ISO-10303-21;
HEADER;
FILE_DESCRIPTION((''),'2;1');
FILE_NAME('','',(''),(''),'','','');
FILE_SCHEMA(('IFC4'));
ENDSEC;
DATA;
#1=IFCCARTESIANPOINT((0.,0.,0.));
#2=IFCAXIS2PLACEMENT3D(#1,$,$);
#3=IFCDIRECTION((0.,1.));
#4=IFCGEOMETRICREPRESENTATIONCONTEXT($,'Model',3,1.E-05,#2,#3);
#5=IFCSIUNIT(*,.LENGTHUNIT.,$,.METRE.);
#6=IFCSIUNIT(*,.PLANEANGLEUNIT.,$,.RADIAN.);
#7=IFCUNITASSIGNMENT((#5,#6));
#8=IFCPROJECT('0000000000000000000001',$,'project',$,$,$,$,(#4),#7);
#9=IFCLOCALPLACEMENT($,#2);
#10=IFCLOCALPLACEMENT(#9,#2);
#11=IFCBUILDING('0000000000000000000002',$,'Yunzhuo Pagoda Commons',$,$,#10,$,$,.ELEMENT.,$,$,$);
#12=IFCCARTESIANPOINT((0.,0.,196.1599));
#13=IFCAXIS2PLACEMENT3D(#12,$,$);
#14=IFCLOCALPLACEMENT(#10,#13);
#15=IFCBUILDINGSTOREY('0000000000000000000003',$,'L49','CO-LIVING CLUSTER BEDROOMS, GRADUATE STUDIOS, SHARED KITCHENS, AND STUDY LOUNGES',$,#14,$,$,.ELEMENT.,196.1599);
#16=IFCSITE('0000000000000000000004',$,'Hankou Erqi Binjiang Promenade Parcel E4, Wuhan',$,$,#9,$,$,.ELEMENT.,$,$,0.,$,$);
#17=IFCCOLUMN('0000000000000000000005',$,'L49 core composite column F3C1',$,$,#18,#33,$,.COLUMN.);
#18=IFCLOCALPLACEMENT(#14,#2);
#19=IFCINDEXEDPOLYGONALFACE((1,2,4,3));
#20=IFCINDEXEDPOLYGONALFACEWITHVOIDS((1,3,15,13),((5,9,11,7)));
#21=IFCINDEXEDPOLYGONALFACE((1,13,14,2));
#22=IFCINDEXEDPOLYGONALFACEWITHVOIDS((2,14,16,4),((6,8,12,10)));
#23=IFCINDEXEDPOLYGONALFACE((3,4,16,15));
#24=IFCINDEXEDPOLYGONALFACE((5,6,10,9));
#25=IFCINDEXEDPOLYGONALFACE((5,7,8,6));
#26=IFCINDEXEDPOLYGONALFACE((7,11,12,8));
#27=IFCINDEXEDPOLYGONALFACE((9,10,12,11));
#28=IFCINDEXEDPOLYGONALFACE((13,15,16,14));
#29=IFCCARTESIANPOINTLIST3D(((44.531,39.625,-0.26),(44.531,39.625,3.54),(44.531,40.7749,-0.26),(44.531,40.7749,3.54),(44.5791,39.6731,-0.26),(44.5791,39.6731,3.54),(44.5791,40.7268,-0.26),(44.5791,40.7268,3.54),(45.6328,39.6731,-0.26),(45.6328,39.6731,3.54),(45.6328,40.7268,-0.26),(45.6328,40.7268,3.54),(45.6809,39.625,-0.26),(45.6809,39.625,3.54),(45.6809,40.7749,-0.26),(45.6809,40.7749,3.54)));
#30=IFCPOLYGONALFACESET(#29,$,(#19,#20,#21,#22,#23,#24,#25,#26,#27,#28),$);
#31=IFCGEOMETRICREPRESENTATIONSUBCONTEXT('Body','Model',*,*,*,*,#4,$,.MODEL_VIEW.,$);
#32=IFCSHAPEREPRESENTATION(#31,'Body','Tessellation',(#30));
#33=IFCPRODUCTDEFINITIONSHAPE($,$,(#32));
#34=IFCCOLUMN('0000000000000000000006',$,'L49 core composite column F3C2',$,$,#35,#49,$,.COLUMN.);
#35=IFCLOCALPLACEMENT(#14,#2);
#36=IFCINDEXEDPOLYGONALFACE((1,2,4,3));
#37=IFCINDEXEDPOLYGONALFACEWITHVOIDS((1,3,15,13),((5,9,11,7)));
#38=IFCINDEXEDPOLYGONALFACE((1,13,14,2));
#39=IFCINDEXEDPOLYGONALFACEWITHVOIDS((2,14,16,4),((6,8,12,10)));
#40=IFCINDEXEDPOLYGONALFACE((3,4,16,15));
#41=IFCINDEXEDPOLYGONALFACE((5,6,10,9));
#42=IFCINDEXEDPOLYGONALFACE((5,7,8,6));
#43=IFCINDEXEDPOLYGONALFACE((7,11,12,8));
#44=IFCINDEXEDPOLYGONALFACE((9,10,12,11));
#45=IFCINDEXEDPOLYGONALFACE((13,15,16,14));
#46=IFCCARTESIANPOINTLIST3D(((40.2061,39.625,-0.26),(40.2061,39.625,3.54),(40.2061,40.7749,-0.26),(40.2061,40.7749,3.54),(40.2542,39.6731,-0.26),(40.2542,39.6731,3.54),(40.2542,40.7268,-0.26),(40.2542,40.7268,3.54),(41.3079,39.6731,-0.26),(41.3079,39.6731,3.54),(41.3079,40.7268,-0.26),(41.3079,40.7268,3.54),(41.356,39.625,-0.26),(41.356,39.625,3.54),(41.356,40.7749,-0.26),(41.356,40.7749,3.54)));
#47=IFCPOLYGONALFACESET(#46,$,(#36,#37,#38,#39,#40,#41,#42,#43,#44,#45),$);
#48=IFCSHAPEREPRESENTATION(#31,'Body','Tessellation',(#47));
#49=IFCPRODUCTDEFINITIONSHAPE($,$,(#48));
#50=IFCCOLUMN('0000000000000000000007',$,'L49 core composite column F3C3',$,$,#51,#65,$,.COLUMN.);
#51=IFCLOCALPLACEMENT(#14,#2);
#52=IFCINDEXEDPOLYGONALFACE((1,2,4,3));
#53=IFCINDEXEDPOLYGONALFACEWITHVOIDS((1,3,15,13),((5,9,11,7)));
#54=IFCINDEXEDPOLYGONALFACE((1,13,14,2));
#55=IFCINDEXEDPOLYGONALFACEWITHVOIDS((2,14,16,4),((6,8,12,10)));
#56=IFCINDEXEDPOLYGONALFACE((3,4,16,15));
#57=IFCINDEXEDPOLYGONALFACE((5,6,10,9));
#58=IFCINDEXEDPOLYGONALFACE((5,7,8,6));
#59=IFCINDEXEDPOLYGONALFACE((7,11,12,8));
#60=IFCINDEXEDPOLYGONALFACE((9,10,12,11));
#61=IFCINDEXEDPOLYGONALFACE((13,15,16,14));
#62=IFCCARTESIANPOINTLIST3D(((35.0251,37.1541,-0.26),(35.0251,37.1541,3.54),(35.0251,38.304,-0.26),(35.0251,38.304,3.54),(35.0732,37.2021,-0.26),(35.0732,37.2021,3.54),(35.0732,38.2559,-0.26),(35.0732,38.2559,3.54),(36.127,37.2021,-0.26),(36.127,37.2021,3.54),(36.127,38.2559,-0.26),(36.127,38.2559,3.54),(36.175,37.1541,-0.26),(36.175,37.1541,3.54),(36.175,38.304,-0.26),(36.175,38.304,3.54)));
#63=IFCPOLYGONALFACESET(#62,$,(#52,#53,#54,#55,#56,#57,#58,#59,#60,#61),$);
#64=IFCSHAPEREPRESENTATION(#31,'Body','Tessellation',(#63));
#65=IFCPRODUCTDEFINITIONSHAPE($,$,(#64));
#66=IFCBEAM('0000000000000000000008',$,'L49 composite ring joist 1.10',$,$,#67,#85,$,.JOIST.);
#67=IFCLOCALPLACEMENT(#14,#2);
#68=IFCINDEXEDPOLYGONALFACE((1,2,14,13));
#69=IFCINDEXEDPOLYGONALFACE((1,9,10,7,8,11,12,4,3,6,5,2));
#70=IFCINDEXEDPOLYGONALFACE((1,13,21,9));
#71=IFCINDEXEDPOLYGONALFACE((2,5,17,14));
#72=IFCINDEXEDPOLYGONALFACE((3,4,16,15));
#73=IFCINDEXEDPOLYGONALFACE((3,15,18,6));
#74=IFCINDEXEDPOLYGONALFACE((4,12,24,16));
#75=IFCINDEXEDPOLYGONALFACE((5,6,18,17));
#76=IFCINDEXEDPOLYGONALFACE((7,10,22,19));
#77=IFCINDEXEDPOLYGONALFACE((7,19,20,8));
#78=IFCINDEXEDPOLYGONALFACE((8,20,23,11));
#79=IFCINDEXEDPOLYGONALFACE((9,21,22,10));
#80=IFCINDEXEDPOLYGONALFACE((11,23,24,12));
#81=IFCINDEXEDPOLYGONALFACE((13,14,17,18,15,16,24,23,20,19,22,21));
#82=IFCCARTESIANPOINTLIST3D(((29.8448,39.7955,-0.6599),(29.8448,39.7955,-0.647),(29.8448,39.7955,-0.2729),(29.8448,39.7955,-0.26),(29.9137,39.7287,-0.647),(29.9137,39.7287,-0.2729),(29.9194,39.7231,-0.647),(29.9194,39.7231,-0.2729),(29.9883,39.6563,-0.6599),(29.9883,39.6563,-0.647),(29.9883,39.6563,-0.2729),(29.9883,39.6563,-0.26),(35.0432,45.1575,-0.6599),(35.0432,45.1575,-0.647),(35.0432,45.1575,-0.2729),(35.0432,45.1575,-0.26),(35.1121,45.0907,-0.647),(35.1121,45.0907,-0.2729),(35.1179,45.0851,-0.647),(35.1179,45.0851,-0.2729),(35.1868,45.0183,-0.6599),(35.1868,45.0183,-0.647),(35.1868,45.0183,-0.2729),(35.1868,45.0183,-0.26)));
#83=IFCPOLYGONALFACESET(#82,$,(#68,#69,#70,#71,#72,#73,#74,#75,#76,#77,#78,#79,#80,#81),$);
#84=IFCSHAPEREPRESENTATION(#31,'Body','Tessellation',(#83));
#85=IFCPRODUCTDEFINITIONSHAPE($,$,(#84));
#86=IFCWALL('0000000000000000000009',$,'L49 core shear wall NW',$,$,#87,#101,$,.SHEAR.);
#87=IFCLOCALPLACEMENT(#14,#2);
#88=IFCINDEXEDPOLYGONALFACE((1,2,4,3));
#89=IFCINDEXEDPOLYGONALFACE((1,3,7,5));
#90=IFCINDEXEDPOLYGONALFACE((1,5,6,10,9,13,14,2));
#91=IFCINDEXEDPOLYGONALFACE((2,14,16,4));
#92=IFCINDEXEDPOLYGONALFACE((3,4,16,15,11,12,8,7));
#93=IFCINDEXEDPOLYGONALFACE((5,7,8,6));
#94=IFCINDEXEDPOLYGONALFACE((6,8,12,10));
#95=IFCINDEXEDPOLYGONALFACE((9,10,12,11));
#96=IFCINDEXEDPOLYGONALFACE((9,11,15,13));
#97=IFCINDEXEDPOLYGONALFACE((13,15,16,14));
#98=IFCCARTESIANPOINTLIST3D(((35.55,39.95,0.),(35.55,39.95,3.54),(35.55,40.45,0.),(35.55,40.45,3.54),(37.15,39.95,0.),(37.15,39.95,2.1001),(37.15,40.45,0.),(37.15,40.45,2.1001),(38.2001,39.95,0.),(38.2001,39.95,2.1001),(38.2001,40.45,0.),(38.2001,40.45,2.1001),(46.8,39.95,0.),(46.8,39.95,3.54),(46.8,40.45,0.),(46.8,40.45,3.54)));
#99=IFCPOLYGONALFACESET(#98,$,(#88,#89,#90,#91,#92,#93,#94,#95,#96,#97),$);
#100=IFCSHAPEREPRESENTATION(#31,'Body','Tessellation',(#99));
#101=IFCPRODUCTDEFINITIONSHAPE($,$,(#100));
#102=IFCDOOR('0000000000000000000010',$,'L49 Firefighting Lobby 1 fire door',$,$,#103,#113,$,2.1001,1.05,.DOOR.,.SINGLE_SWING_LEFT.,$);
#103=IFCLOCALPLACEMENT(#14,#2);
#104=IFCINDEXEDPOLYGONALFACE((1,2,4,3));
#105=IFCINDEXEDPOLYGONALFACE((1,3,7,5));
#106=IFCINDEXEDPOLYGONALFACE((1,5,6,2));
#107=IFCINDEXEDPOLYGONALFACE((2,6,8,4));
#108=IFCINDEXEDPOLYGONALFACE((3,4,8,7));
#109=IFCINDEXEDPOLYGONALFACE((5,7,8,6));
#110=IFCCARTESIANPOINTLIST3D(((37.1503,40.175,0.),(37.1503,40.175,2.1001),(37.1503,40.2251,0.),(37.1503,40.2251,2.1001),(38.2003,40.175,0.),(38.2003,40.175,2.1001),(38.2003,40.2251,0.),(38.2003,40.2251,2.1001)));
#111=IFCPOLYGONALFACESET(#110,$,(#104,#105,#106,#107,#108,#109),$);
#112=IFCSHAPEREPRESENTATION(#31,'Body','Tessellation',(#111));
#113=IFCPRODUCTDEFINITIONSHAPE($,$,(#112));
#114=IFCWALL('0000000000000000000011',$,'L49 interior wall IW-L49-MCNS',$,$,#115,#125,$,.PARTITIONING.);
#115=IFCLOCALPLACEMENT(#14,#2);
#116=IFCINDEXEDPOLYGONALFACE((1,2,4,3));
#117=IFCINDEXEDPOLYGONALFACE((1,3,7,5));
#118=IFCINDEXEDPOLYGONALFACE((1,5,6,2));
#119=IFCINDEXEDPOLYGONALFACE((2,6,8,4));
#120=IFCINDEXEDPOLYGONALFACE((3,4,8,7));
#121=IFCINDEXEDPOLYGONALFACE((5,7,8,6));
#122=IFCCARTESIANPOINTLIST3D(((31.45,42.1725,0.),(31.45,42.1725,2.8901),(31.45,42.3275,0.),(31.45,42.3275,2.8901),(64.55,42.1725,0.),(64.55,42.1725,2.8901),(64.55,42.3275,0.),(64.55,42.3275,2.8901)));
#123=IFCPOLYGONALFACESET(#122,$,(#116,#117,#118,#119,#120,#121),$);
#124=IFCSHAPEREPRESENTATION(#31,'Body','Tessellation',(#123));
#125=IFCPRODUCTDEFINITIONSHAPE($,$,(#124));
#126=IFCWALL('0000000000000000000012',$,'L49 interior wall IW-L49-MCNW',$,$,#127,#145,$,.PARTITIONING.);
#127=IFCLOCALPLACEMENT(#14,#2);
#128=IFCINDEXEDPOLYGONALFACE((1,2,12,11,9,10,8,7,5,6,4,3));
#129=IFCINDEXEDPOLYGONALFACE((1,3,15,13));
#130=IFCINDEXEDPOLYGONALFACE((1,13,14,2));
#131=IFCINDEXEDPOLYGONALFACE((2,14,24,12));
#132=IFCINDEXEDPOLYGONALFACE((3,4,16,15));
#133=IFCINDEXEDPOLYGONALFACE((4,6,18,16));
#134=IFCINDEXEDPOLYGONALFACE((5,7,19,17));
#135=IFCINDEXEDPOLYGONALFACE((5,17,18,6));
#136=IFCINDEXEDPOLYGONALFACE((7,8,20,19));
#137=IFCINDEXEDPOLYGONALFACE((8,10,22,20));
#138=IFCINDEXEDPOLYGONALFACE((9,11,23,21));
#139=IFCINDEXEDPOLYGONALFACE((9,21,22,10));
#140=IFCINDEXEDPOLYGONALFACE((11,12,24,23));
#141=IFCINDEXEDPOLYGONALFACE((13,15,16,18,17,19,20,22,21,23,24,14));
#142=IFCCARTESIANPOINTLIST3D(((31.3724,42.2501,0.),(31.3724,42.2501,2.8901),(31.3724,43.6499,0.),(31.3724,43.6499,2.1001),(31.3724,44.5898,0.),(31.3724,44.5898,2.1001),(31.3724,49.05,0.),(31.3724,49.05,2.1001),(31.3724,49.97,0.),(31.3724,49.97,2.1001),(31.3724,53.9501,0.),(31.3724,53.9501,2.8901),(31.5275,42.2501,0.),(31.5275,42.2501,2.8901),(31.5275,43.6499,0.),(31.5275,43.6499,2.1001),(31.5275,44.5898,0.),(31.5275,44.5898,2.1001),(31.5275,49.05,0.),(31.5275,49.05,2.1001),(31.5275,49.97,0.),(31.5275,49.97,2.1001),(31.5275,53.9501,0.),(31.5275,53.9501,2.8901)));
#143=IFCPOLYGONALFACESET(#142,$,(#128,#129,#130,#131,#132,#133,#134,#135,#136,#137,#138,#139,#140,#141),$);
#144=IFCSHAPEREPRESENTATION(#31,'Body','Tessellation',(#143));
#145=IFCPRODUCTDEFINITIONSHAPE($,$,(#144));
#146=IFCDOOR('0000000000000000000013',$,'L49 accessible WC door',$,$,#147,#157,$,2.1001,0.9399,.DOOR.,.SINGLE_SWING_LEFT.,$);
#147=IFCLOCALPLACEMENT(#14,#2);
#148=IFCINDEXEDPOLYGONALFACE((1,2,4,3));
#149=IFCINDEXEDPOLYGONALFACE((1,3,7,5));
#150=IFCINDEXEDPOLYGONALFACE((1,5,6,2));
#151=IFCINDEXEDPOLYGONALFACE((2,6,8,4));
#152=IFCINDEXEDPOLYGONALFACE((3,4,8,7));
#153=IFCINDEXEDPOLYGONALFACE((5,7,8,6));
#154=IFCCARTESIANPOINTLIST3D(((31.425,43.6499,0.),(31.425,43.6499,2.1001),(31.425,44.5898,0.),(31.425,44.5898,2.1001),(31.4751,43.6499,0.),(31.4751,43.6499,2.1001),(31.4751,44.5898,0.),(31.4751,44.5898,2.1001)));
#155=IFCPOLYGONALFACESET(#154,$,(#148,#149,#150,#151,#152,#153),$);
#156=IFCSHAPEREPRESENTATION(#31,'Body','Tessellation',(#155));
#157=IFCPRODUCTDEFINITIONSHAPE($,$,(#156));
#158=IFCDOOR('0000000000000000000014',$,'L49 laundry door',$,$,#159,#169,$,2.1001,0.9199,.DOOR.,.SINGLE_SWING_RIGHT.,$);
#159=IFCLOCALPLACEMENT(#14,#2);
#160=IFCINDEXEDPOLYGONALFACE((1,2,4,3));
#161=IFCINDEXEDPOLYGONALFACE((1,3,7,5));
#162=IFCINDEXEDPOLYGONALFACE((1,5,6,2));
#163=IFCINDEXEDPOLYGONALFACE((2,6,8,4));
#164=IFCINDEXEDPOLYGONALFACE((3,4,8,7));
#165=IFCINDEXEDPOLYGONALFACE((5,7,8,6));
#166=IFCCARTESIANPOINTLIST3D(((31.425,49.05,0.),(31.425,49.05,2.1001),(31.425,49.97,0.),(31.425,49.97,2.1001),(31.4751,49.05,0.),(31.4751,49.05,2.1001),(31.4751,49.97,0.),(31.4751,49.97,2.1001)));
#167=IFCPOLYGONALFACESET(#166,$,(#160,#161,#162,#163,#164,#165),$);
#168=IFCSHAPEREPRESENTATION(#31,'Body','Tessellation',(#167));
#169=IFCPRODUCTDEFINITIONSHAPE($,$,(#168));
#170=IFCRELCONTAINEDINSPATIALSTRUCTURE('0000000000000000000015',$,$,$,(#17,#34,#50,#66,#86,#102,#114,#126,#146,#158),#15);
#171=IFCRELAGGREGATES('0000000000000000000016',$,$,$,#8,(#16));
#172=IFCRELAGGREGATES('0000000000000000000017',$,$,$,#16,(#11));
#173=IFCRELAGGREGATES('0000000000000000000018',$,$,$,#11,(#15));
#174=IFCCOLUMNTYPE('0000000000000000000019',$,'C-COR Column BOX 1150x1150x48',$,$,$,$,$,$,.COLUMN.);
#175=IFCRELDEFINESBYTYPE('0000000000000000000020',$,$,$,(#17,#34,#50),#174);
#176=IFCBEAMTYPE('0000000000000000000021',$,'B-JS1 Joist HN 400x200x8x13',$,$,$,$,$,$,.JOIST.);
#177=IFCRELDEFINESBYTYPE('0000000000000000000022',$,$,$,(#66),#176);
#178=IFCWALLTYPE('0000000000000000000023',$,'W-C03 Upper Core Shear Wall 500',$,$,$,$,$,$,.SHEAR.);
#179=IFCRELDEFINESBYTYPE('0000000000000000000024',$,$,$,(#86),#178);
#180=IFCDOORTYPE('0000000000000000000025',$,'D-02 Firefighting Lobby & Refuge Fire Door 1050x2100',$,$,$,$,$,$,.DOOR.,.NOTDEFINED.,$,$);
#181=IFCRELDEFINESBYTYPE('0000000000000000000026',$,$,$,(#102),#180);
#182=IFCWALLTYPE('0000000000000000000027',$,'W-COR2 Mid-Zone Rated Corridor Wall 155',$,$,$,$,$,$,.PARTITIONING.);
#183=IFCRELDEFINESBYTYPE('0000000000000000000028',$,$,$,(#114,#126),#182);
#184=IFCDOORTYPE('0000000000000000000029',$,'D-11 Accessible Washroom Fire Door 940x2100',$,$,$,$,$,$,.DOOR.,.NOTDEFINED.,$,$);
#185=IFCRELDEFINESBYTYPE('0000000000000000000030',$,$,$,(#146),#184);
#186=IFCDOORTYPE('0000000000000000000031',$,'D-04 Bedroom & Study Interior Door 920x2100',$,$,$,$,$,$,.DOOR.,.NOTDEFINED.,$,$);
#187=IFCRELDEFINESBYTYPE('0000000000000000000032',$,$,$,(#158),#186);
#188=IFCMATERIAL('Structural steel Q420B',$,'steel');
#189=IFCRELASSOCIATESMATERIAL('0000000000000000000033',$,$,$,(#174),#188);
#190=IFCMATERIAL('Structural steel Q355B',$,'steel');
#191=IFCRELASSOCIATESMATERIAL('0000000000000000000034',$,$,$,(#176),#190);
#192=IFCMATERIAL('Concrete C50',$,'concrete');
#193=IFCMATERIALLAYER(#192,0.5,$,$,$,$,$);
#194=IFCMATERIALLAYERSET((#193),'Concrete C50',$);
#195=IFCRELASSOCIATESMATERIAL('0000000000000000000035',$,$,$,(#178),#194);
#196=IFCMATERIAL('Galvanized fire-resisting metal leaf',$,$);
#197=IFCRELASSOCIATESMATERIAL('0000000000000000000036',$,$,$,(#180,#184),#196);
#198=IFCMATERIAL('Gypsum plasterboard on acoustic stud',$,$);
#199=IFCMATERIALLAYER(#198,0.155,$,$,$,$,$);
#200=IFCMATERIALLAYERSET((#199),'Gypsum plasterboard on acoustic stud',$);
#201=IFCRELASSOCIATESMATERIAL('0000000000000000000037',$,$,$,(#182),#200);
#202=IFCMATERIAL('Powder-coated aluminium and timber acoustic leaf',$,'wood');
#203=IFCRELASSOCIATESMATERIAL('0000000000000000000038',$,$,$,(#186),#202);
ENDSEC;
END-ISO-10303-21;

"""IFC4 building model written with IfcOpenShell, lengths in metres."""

from ifc_helpers import new_model, si_unit, direction, frame, frame_2d, origin, origin_with_axes, origin_2d, place, context, subcontext, project, spatial, rectangle, hollow_rectangle, i_section, extrude, source, transform, mapped, material, layer, layer_set, material_profile, profile_set, type_object, element, fill, save


model = new_model("IFC4")

# Units and contexts
model_context = context("Model", 3, precision=1e-05, world=origin(), true_north=direction((0.0, 1.0)))
body_context = subcontext(model_context, "Body", "Model", "MODEL_VIEW")
ifc_project = project(units=[si_unit("LENGTHUNIT", "METRE"), si_unit("PLANEANGLEUNIT", "RADIAN")], contexts=[model_context])

# Site, building, storey
site_placement = place(None, origin())
site = spatial("IfcSite", under=ifc_project, at=site_placement, Name="Hankou Erqi Binjiang Promenade Parcel E4, Wuhan", CompositionType="ELEMENT", RefElevation=0.0)
building_placement = place(site_placement, origin())
building = spatial("IfcBuilding", under=site, at=building_placement, Name="Yunzhuo Pagoda Commons", CompositionType="ELEMENT")
storey_placement = place(building_placement, frame((0.0, 0.0, 196.1599)))
storey = spatial("IfcBuildingStorey", under=building, at=storey_placement, Name="L49", Description="CO-LIVING CLUSTER BEDROOMS, GRADUATE STUDIOS, SHARED KITCHENS, AND STUDY LOUNGES", CompositionType="ELEMENT", Elevation=196.1599)

# Columns
ifc_material_1 = material(Name="Structural steel Q420B", Category="steel")
ifc_material_profile_1 = material_profile(ifc_material_1, hollow_rectangle(XDim=1.1499, YDim=1.1499, WallThickness=0.0481, at=origin_2d()), Name="Structural steel Q420B")
ifc_profile_set_1 = profile_set([ifc_material_profile_1], Name="Structural steel Q420B")
column_type = type_object("IfcColumnType", Name="C-COR Column BOX 1150x1150x48", PredefinedType="COLUMN", material=ifc_profile_set_1)
shared_shape_1 = source(origin(), body_context, "Body", "SweptSolid", [
    extrude(hollow_rectangle(XDim=1.1499, YDim=1.1499, WallThickness=0.0481, at=origin_2d()), origin(), (0.0, 0.0, 1.0), 3.8),
])
for number, where, z_axis, x_axis, name in (
    (1, (45.106, 40.2, -0.26), (0.0, 0.0, 1.0), (1.0, 0.0, 0.0), "L49 core composite column F3C1"),
    (2, (40.781, 40.2, -0.26), (0.0, 0.0, 1.0), (1.0, 0.0, 0.0), "L49 core composite column F3C2"),
    (3, (35.6001, 37.729, -0.26), (0.0, 0.0, 1.0), (1.0, 0.0, 0.0), "L49 core composite column F3C3"),
):
    element("IfcColumn", number, at=place(storey_placement, frame(where, z_axis=z_axis, x_axis=x_axis)), inside=storey, type_object=column_type, Name=name, PredefinedType="COLUMN", context=body_context, shape_type="MappedRepresentation", body=[
        mapped(shared_shape_1, transform((0.0, 0.0, 0.0), scale=1.0)),
    ])

# Beam
ifc_material_2 = material(Name="Structural steel Q355B", Category="steel")
ifc_material_profile_2 = material_profile(ifc_material_2, i_section(OverallWidth=0.2, OverallDepth=0.3999, WebThickness=0.0081, FlangeThickness=0.0129, at=origin_2d()), Name="Structural steel Q355B")
ifc_profile_set_2 = profile_set([ifc_material_profile_2], Name="Structural steel Q355B")
beam_type = type_object("IfcBeamType", Name="B-JS1 Joist HN 400x200x8x13", PredefinedType="JOIST", material=ifc_profile_set_2)
shared_shape_2 = source(origin(), body_context, "Body", "SweptSolid", [
    extrude(i_section(OverallWidth=0.2, OverallDepth=0.3999, WebThickness=0.0081, FlangeThickness=0.0129, at=origin_2d()), origin(), (0.0, 0.0, 1.0), 7.4683),
])
beam_placement = place(storey_placement, frame((35.115, 45.0879, -0.46), z_axis=(-0.696071, -0.717973, 0.0), x_axis=(0.717973, -0.696071, 0.0)))
element("IfcBeam", 4, at=beam_placement, inside=storey, type_object=beam_type, Name="L49 composite ring joist 1.10", PredefinedType="JOIST", context=body_context, shape_type="MappedRepresentation", body=[
    mapped(shared_shape_2, transform((0.0, 0.0, 0.0), scale=1.0)),
])

# Wall, opening, door
ifc_material_3 = material(Name="Concrete C50", Category="concrete")
ifc_layer_1 = layer(ifc_material_3, 0.5)
ifc_layer_set_1 = layer_set([ifc_layer_1], Name="Concrete C50")
wall_type_1 = type_object("IfcWallType", Name="W-C03 Upper Core Shear Wall 500", PredefinedType="SHEAR", material=ifc_layer_set_1)
wall_1_placement = place(storey_placement, frame((35.55, 40.2, 0.0), z_axis=(0.0, 0.0, 1.0), x_axis=(1.0, 0.0, 0.0)))
wall_1 = element("IfcWall", 5, at=wall_1_placement, inside=storey, type_object=wall_type_1, Name="L49 core shear wall NW", PredefinedType="SHEAR", context=body_context, shape_type="SweptSolid", body=[
    extrude(rectangle(XDim=11.25, YDim=0.5, at=frame_2d((5.625, 0.0))), origin(), (0.0, 0.0, 1.0), 3.54),
])
opening_1_placement = place(wall_1_placement, frame((1.6001, 0.0, 0.0)))
opening_1 = element("IfcOpeningElement", 6, at=opening_1_placement, cuts=wall_1, PredefinedType="OPENING", context=body_context, shape_type="SweptSolid", body=[
    extrude(rectangle(XDim=1.05, YDim=2.1001, at=frame_2d((0.5249, 1.05))), frame((0.0, 0.26, 0.0), z_axis=(0.0, -1.0, 0.0), x_axis=(1.0, 0.0, 0.0)), (0.0, 0.0, 1.0), 0.52),
])
ifc_material_4 = material(Name="Galvanized fire-resisting metal leaf")
door_type_1 = type_object("IfcDoorType", Name="D-02 Firefighting Lobby & Refuge Fire Door 1050x2100", OperationType="NOTDEFINED", PredefinedType="DOOR", material=ifc_material_4)
shared_shape_3 = source(origin(), body_context, "Body", "SweptSolid", [
    extrude(rectangle(XDim=1.05, YDim=2.1001, at=frame_2d((0.5249, 1.05))), frame((0.0, 0.0249, 0.0), z_axis=(0.0, -1.0, 0.0), x_axis=(1.0, 0.0, 0.0)), (0.0, 0.0, 1.0), 0.05),
])
door_1_placement = place(opening_1_placement, frame((1.05, 0.0, 0.0), z_axis=(0.0, 0.0, 1.0), x_axis=(-1.0, 0.0, 0.0)))
door_1 = element("IfcDoor", 7, at=door_1_placement, inside=storey, type_object=door_type_1, Name="L49 Firefighting Lobby 1 fire door", OperationType="SINGLE_SWING_LEFT", OverallHeight=2.1001, OverallWidth=1.05, PredefinedType="DOOR", context=body_context, shape_type="MappedRepresentation", body=[
    mapped(shared_shape_3, transform((0.0, 0.0, 0.0), scale=1.0)),
])
fill(opening_1, door_1)

# Wall
ifc_material_5 = material(Name="Gypsum plasterboard on acoustic stud")
ifc_layer_2 = layer(ifc_material_5, 0.155)
ifc_layer_set_2 = layer_set([ifc_layer_2], Name="Gypsum plasterboard on acoustic stud")
wall_type_2 = type_object("IfcWallType", Name="W-COR2 Mid-Zone Rated Corridor Wall 155", PredefinedType="PARTITIONING", material=ifc_layer_set_2)
wall_2_placement = place(storey_placement, frame((31.45, 42.25, 0.0), z_axis=(0.0, 0.0, 1.0), x_axis=(1.0, 0.0, 0.0)))
element("IfcWall", 8, at=wall_2_placement, inside=storey, type_object=wall_type_2, Name="L49 interior wall IW-L49-MCNS", PredefinedType="PARTITIONING", context=body_context, shape_type="SweptSolid", body=[
    extrude(rectangle(XDim=33.1001, YDim=0.155, at=frame_2d((16.55, 0.0))), origin(), (0.0, 0.0, 1.0), 2.8901),
])

# Wall, openings, doors
wall_3_placement = place(storey_placement, frame((31.45, 42.25, 0.0), z_axis=(0.0, 0.0, 1.0), x_axis=(0.0, 1.0, 0.0)))
wall_3 = element("IfcWall", 9, at=wall_3_placement, inside=storey, type_object=wall_type_2, Name="L49 interior wall IW-L49-MCNW", PredefinedType="PARTITIONING", context=body_context, shape_type="SweptSolid", body=[
    extrude(rectangle(XDim=11.7, YDim=0.155, at=frame_2d((5.8501, 0.0))), origin(), (0.0, 0.0, 1.0), 2.8901),
])
opening_2_placement = place(wall_3_placement, frame((1.3999, 0.0, 0.0)))
opening_2 = element("IfcOpeningElement", 10, at=opening_2_placement, cuts=wall_3, PredefinedType="OPENING", context=body_context, shape_type="SweptSolid", body=[
    extrude(rectangle(XDim=0.9399, YDim=2.1001, at=frame_2d((0.47, 1.05))), frame((0.0, 0.0874, 0.0), z_axis=(0.0, -1.0, 0.0), x_axis=(1.0, 0.0, 0.0)), (0.0, 0.0, 1.0), 0.175),
])
opening_3_placement = place(wall_3_placement, frame((6.8, 0.0, 0.0)))
opening_3 = element("IfcOpeningElement", 11, at=opening_3_placement, cuts=wall_3, PredefinedType="OPENING", context=body_context, shape_type="SweptSolid", body=[
    extrude(rectangle(XDim=0.9199, YDim=2.1001, at=frame_2d((0.46, 1.05))), frame((0.0, 0.0874, 0.0), z_axis=(0.0, -1.0, 0.0), x_axis=(1.0, 0.0, 0.0)), (0.0, 0.0, 1.0), 0.175),
])
door_type_2 = type_object("IfcDoorType", Name="D-11 Accessible Washroom Fire Door 940x2100", OperationType="NOTDEFINED", PredefinedType="DOOR", material=ifc_material_4)
shared_shape_4 = source(origin(), body_context, "Body", "SweptSolid", [
    extrude(rectangle(XDim=0.9399, YDim=2.1001, at=frame_2d((0.47, 1.05))), frame((0.0, 0.0249, 0.0), z_axis=(0.0, -1.0, 0.0), x_axis=(1.0, 0.0, 0.0)), (0.0, 0.0, 1.0), 0.05),
])
door_2_placement = place(opening_2_placement, origin_with_axes())
door_2 = element("IfcDoor", 12, at=door_2_placement, inside=storey, type_object=door_type_2, Name="L49 accessible WC door", OperationType="SINGLE_SWING_LEFT", OverallHeight=2.1001, OverallWidth=0.9399, PredefinedType="DOOR", context=body_context, shape_type="MappedRepresentation", body=[
    mapped(shared_shape_4, transform((0.0, 0.0, 0.0), scale=1.0)),
])
fill(opening_2, door_2)
ifc_material_6 = material(Name="Powder-coated aluminium and timber acoustic leaf", Category="wood")
door_type_3 = type_object("IfcDoorType", Name="D-04 Bedroom & Study Interior Door 920x2100", OperationType="NOTDEFINED", PredefinedType="DOOR", material=ifc_material_6)
shared_shape_5 = source(origin(), body_context, "Body", "SweptSolid", [
    extrude(rectangle(XDim=0.9199, YDim=2.1001, at=frame_2d((0.46, 1.05))), frame((0.0, 0.0249, 0.0), z_axis=(0.0, -1.0, 0.0), x_axis=(1.0, 0.0, 0.0)), (0.0, 0.0, 1.0), 0.05),
])
door_3_placement = place(opening_3_placement, origin_with_axes())
door_3 = element("IfcDoor", 13, at=door_3_placement, inside=storey, type_object=door_type_3, Name="L49 laundry door", OperationType="SINGLE_SWING_RIGHT", OverallHeight=2.1001, OverallWidth=0.9199, PredefinedType="DOOR", context=body_context, shape_type="MappedRepresentation", body=[
    mapped(shared_shape_5, transform((0.0, 0.0, 0.0), scale=1.0)),
])
fill(opening_3, door_3)

save(model, "model.ifc")
